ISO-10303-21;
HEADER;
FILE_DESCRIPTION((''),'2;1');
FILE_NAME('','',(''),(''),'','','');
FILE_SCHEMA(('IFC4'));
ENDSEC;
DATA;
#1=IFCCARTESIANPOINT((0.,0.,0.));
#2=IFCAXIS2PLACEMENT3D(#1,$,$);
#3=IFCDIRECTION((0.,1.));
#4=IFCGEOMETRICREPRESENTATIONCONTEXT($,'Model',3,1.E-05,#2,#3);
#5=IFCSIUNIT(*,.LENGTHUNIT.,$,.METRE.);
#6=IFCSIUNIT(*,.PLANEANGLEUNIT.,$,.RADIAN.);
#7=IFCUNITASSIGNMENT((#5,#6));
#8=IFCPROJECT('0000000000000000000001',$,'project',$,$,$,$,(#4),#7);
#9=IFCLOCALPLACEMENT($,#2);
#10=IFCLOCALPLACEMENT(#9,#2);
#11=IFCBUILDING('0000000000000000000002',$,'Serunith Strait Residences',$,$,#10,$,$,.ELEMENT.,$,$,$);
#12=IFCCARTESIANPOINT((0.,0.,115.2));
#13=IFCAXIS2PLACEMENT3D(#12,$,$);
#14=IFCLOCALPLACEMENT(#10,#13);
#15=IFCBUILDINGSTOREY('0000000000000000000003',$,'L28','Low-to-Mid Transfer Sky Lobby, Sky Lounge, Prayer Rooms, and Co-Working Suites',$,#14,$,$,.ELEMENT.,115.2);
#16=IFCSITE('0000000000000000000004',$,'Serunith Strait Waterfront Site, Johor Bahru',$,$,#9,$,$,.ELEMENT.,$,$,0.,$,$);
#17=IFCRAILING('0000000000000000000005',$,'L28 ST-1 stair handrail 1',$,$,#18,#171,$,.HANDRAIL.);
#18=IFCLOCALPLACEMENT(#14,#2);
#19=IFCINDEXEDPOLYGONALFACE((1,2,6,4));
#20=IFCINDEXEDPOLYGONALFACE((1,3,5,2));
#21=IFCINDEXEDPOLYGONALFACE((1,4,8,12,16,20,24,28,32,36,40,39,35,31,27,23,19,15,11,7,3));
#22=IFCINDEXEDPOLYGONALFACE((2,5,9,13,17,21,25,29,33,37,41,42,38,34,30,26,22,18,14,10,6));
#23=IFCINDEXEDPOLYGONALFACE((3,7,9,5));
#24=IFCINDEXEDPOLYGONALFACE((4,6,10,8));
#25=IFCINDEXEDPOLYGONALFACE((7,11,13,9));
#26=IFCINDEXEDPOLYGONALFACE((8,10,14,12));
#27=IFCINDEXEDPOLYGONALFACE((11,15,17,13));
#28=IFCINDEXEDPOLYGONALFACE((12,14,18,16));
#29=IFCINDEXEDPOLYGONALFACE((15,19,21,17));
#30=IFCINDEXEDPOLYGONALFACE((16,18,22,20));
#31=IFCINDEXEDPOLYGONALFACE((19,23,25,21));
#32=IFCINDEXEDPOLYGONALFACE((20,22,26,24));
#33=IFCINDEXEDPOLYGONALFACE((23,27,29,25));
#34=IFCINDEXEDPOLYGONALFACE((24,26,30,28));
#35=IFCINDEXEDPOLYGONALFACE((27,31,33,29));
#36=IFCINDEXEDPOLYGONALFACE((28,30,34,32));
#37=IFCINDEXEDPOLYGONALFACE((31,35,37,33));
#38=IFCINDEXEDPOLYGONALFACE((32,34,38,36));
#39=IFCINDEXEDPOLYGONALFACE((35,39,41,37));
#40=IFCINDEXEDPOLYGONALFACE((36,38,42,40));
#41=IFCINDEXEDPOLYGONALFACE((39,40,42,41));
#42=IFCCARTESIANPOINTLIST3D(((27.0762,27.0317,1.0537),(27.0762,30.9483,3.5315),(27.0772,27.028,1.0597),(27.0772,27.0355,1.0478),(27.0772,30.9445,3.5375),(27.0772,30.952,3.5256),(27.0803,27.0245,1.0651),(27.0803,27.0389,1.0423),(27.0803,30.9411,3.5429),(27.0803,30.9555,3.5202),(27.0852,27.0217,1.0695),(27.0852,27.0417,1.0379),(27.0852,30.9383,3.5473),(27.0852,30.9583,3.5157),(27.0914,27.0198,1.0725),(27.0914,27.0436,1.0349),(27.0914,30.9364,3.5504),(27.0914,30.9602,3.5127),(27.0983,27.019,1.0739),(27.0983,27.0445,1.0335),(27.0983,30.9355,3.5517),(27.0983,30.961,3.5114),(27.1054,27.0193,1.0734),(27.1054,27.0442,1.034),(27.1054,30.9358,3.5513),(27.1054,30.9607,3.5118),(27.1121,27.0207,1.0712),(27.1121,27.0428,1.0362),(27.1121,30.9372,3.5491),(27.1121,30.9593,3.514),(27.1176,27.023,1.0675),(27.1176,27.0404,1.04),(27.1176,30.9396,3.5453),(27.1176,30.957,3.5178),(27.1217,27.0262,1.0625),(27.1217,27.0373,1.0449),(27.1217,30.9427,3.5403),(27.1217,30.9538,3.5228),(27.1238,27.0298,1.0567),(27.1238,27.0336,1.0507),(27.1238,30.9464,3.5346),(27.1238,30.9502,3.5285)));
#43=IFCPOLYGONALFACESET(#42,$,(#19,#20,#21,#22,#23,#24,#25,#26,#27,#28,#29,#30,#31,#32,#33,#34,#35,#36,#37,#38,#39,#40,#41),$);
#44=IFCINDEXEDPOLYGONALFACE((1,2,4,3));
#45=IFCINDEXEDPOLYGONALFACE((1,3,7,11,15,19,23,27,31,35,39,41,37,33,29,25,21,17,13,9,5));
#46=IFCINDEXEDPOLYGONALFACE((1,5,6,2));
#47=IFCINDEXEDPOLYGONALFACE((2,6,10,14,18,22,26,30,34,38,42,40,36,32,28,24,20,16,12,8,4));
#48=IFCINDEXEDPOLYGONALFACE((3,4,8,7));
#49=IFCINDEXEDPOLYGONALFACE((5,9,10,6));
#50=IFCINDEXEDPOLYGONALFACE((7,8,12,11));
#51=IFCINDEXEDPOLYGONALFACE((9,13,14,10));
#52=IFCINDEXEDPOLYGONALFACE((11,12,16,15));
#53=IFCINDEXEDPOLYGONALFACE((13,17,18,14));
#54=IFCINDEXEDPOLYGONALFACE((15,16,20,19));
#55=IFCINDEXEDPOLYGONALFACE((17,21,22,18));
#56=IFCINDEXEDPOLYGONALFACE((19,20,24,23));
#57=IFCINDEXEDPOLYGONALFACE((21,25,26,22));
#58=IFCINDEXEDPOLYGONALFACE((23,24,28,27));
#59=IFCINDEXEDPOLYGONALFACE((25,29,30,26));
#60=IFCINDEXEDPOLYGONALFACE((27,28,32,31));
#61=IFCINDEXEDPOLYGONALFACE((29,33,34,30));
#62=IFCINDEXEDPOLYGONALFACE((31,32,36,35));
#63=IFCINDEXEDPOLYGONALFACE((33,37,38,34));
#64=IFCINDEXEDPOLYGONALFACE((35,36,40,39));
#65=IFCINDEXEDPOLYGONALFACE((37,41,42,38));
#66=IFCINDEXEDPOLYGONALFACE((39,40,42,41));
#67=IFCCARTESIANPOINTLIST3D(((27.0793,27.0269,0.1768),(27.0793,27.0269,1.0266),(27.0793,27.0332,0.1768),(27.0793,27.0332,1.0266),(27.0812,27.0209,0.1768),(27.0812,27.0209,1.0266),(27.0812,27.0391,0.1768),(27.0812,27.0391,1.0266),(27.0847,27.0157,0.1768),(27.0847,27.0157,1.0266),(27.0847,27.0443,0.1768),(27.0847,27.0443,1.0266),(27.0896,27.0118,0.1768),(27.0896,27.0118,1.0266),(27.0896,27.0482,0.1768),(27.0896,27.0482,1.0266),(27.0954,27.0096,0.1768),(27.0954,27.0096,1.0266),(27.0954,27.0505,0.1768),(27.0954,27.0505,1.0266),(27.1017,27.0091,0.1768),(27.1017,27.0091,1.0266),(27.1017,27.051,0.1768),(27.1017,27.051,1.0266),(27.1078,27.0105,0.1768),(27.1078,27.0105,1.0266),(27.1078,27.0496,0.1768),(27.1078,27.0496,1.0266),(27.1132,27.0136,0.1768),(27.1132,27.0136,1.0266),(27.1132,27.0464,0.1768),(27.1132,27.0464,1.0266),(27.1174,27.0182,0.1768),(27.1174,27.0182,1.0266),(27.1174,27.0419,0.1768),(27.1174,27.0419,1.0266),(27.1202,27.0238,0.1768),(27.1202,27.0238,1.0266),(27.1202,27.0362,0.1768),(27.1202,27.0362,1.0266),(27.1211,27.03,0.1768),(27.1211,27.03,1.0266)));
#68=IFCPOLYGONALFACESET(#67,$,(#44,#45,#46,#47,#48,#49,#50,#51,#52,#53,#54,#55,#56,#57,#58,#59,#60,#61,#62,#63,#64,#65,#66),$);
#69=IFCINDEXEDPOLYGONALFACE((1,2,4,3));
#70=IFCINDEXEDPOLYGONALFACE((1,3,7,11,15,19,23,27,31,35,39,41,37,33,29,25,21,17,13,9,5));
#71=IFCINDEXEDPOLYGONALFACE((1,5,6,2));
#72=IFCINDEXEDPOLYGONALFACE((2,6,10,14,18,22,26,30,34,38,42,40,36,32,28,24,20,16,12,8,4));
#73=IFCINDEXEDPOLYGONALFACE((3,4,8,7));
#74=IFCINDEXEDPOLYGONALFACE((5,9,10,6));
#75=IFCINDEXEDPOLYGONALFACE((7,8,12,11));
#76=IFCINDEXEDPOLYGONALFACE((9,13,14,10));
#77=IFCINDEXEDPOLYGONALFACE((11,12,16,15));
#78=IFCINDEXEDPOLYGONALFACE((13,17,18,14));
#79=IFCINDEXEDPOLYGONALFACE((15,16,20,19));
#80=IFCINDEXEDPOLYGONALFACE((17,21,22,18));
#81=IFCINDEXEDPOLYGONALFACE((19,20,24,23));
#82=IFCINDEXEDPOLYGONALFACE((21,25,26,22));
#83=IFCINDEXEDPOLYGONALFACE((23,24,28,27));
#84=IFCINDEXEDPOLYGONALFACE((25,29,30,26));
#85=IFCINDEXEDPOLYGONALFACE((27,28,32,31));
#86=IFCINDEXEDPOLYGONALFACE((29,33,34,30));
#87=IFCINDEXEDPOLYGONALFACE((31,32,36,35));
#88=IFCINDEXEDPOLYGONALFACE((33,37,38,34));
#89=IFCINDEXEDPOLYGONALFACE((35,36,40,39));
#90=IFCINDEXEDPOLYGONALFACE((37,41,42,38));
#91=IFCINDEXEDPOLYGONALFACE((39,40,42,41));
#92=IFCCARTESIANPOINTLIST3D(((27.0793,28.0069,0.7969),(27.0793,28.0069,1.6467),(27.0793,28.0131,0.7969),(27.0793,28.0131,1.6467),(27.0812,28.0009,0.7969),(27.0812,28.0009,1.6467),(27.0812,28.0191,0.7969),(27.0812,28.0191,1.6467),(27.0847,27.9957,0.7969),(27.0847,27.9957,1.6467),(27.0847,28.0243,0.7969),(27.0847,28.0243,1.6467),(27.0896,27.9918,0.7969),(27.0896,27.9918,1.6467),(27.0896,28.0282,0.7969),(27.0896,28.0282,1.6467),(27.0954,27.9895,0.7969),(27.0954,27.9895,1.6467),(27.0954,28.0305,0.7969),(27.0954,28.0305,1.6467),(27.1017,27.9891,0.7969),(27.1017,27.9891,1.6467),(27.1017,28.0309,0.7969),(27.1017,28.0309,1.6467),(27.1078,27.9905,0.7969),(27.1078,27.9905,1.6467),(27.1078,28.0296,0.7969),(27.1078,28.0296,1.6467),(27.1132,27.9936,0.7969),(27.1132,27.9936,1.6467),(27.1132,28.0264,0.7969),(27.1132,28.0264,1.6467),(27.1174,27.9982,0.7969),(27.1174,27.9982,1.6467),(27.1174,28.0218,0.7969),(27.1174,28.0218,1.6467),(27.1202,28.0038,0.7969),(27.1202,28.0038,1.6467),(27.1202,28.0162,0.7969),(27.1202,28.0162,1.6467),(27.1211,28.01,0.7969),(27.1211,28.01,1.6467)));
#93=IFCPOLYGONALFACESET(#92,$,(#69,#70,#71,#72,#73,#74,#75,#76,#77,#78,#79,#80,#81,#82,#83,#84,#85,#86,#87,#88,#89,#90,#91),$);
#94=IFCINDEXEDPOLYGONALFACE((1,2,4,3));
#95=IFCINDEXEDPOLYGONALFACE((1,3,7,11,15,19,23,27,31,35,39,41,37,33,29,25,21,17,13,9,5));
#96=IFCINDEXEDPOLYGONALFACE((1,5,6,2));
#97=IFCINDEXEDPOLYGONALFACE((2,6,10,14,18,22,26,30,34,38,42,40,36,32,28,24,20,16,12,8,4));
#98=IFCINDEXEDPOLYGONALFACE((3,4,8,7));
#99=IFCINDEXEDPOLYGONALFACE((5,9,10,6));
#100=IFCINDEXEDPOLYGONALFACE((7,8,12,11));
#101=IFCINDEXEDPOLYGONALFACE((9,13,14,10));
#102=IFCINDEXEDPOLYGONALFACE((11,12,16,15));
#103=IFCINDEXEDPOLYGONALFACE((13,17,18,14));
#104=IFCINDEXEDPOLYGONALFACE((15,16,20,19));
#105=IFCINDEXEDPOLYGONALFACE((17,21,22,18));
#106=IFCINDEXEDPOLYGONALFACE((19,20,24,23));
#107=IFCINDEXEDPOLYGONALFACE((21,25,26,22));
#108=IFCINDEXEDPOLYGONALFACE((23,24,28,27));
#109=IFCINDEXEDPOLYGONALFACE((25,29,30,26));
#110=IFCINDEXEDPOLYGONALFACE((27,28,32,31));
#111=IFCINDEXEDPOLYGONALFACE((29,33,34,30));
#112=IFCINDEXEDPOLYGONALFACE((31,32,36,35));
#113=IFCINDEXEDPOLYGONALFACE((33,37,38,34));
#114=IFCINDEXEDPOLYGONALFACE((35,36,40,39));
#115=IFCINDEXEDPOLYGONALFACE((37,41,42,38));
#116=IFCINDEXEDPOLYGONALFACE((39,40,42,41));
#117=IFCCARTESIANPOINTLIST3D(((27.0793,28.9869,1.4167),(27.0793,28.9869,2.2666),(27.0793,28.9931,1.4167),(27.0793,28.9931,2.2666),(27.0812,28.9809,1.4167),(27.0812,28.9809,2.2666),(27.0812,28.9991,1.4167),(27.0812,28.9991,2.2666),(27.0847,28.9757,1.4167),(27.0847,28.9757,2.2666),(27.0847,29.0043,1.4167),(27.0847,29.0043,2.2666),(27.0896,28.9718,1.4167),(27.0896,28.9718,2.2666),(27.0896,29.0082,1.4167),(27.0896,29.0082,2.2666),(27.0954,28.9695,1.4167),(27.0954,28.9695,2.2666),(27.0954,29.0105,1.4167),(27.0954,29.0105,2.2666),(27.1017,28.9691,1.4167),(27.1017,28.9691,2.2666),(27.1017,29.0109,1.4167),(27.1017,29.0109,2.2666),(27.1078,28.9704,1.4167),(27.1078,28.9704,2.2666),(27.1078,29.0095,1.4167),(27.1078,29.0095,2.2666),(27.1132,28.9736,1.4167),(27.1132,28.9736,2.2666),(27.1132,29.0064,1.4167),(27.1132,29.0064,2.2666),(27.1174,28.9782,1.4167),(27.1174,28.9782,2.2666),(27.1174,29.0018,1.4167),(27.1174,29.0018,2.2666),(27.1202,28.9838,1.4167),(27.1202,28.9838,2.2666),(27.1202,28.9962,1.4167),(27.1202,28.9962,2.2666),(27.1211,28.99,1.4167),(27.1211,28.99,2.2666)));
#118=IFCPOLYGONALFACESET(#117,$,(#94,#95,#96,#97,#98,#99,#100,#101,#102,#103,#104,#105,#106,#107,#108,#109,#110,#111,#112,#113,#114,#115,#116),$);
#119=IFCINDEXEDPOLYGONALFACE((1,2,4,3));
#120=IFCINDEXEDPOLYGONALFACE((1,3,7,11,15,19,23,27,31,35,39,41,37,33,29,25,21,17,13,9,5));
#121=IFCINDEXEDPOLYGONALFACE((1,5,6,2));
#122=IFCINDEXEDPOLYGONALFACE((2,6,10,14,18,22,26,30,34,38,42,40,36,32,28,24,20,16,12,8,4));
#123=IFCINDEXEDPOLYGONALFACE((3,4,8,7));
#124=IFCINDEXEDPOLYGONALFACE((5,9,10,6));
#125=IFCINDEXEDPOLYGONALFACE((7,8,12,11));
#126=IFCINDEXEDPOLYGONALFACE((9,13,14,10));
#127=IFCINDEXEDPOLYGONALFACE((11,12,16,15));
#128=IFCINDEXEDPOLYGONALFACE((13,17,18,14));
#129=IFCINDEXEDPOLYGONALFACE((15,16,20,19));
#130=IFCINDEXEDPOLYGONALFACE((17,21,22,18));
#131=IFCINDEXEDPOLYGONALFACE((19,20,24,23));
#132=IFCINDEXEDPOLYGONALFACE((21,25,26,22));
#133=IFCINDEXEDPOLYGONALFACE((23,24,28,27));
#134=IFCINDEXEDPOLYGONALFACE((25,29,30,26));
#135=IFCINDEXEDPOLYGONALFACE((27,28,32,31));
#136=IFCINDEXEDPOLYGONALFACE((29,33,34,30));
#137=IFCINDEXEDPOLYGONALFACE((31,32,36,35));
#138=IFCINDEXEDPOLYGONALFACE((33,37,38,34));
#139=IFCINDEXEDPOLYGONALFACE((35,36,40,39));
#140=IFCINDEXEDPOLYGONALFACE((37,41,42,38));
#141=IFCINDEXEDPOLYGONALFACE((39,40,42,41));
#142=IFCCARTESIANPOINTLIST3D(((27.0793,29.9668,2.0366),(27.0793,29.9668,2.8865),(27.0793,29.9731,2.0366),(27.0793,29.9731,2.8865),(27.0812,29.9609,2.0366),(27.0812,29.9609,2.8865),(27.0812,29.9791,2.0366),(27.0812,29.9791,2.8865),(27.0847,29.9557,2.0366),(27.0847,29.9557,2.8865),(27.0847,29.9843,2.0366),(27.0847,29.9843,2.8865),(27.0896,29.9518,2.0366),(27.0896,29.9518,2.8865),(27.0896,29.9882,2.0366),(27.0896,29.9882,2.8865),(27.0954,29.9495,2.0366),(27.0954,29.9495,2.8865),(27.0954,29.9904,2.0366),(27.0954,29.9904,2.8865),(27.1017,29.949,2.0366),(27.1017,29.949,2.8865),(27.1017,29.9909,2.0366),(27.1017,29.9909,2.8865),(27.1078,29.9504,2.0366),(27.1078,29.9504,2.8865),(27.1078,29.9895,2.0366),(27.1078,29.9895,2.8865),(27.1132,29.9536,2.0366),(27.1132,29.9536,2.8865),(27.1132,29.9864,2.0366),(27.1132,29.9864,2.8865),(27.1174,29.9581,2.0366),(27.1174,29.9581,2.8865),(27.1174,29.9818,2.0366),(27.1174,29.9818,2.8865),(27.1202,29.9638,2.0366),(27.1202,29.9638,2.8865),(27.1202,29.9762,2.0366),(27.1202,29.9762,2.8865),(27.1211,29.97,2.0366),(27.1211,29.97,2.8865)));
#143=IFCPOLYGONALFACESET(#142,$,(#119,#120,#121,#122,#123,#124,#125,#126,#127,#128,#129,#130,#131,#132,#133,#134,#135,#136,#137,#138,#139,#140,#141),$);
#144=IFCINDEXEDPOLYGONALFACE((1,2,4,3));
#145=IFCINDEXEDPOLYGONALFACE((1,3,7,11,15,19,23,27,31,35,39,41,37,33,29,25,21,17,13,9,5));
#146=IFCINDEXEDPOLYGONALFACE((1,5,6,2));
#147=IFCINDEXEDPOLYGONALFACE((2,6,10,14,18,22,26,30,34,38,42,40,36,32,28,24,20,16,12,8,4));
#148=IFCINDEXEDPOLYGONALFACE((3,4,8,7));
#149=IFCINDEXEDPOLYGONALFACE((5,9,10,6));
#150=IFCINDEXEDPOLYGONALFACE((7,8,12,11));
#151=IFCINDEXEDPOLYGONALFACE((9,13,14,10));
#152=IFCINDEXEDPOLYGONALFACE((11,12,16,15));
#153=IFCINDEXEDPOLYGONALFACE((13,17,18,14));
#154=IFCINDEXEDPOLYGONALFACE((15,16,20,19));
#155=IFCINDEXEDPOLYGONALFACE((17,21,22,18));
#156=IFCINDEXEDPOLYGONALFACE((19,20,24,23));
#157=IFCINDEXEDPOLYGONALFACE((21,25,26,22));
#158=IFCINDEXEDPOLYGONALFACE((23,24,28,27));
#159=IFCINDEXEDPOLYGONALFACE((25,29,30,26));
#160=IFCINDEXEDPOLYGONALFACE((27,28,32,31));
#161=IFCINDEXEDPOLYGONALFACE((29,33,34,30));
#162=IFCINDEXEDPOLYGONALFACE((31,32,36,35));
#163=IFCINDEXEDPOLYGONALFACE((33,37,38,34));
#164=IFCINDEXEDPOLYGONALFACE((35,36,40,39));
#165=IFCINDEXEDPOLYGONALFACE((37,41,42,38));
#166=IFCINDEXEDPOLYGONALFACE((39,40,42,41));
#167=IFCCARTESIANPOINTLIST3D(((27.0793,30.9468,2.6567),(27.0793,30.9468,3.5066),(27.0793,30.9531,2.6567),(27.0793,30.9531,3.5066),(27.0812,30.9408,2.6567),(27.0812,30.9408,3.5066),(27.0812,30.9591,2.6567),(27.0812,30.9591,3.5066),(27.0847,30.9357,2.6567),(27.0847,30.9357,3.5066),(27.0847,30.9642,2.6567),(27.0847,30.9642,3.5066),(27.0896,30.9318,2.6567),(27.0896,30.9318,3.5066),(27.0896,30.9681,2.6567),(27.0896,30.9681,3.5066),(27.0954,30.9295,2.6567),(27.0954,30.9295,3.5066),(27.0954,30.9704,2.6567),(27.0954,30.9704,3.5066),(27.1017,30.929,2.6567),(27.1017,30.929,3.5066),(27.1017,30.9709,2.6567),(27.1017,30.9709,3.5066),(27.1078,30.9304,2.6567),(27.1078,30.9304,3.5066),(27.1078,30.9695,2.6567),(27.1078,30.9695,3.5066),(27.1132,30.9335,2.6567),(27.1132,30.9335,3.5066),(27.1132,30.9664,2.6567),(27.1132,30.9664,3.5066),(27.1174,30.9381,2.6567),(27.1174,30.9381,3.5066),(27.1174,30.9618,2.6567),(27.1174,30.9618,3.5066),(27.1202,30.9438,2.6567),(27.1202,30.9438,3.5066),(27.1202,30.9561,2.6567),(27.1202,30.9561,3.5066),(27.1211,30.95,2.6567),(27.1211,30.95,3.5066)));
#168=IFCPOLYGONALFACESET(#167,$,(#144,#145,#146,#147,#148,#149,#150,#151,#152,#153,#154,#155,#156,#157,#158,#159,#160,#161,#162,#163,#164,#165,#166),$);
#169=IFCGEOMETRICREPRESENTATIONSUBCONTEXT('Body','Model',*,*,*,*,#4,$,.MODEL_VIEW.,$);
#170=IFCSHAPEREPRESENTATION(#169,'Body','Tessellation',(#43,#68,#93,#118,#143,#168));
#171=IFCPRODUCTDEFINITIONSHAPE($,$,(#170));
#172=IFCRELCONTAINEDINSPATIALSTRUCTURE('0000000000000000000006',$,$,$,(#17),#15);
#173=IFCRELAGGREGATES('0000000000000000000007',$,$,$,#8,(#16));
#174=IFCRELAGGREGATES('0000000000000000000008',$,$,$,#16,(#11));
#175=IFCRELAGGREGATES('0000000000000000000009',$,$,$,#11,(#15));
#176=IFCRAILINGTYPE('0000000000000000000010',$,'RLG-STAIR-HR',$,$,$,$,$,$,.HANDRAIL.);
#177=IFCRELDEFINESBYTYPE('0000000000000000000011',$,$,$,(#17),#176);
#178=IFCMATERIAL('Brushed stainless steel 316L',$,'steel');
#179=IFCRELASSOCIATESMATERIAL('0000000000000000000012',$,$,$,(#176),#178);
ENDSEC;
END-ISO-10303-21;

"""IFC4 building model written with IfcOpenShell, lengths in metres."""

from ifc_helpers import new_model, si_unit, direction, frame, origin, origin_2d, place, context, subcontext, project, spatial, circle, extrude, material, type_object, element, save


model = new_model("IFC4")

# Units and contexts
model_context = context("Model", 3, precision=1e-05, world=origin(), true_north=direction((0.0, 1.0)))
body_context = subcontext(model_context, "Body", "Model", "MODEL_VIEW")
ifc_project = project(units=[si_unit("LENGTHUNIT", "METRE"), si_unit("PLANEANGLEUNIT", "RADIAN")], contexts=[model_context])

# Site, building, storey
site_placement = place(None, origin())
site = spatial("IfcSite", under=ifc_project, at=site_placement, Name="Serunith Strait Waterfront Site, Johor Bahru", CompositionType="ELEMENT", RefElevation=0.0)
building_placement = place(site_placement, origin())
building = spatial("IfcBuilding", under=site, at=building_placement, Name="Serunith Strait Residences", CompositionType="ELEMENT")
storey_placement = place(building_placement, frame((0.0, 0.0, 115.2)))
storey = spatial("IfcBuildingStorey", under=building, at=storey_placement, Name="L28", Description="Low-to-Mid Transfer Sky Lobby, Sky Lounge, Prayer Rooms, and Co-Working Suites", CompositionType="ELEMENT", Elevation=115.2)

# Railing
ifc_material_1 = material(Name="Brushed stainless steel 316L", Category="steel")
railing_type_1 = type_object("IfcRailingType", Name="RLG-STAIR-HR", PredefinedType="HANDRAIL", material=ifc_material_1)
railing_1_placement = place(storey_placement, frame((27.1001, 27.03, 0.1768)))
element("IfcRailing", 1, at=railing_1_placement, inside=storey, type_object=railing_type_1, Name="L28 ST-1 stair handrail 1", PredefinedType="HANDRAIL", context=body_context, shape_type="SweptSolid", body=[
    extrude(circle(Radius=0.0239, at=origin_2d()), frame((0.0, 0.0017, 0.877), z_axis=(0.0, 0.845076, 0.534646), x_axis=(-1.0, 0.0, 0.0)), (0.0, 0.0, 1.0), 4.6345),
    extrude(circle(Radius=0.021, at=origin_2d()), origin(), (0.0, 0.0, 1.0), 0.8499),
    extrude(circle(Radius=0.021, at=origin_2d()), frame((0.0, 0.98, 0.6201)), (0.0, 0.0, 1.0), 0.8499),
    extrude(circle(Radius=0.021, at=origin_2d()), frame((0.0, 1.96, 1.24)), (0.0, 0.0, 1.0), 0.8499),
    extrude(circle(Radius=0.021, at=origin_2d()), frame((0.0, 2.9399, 1.8599)), (0.0, 0.0, 1.0), 0.8499),
    extrude(circle(Radius=0.021, at=origin_2d()), frame((0.0, 3.9199, 2.48)), (0.0, 0.0, 1.0), 0.8499),
])

save(model, "model.ifc")
